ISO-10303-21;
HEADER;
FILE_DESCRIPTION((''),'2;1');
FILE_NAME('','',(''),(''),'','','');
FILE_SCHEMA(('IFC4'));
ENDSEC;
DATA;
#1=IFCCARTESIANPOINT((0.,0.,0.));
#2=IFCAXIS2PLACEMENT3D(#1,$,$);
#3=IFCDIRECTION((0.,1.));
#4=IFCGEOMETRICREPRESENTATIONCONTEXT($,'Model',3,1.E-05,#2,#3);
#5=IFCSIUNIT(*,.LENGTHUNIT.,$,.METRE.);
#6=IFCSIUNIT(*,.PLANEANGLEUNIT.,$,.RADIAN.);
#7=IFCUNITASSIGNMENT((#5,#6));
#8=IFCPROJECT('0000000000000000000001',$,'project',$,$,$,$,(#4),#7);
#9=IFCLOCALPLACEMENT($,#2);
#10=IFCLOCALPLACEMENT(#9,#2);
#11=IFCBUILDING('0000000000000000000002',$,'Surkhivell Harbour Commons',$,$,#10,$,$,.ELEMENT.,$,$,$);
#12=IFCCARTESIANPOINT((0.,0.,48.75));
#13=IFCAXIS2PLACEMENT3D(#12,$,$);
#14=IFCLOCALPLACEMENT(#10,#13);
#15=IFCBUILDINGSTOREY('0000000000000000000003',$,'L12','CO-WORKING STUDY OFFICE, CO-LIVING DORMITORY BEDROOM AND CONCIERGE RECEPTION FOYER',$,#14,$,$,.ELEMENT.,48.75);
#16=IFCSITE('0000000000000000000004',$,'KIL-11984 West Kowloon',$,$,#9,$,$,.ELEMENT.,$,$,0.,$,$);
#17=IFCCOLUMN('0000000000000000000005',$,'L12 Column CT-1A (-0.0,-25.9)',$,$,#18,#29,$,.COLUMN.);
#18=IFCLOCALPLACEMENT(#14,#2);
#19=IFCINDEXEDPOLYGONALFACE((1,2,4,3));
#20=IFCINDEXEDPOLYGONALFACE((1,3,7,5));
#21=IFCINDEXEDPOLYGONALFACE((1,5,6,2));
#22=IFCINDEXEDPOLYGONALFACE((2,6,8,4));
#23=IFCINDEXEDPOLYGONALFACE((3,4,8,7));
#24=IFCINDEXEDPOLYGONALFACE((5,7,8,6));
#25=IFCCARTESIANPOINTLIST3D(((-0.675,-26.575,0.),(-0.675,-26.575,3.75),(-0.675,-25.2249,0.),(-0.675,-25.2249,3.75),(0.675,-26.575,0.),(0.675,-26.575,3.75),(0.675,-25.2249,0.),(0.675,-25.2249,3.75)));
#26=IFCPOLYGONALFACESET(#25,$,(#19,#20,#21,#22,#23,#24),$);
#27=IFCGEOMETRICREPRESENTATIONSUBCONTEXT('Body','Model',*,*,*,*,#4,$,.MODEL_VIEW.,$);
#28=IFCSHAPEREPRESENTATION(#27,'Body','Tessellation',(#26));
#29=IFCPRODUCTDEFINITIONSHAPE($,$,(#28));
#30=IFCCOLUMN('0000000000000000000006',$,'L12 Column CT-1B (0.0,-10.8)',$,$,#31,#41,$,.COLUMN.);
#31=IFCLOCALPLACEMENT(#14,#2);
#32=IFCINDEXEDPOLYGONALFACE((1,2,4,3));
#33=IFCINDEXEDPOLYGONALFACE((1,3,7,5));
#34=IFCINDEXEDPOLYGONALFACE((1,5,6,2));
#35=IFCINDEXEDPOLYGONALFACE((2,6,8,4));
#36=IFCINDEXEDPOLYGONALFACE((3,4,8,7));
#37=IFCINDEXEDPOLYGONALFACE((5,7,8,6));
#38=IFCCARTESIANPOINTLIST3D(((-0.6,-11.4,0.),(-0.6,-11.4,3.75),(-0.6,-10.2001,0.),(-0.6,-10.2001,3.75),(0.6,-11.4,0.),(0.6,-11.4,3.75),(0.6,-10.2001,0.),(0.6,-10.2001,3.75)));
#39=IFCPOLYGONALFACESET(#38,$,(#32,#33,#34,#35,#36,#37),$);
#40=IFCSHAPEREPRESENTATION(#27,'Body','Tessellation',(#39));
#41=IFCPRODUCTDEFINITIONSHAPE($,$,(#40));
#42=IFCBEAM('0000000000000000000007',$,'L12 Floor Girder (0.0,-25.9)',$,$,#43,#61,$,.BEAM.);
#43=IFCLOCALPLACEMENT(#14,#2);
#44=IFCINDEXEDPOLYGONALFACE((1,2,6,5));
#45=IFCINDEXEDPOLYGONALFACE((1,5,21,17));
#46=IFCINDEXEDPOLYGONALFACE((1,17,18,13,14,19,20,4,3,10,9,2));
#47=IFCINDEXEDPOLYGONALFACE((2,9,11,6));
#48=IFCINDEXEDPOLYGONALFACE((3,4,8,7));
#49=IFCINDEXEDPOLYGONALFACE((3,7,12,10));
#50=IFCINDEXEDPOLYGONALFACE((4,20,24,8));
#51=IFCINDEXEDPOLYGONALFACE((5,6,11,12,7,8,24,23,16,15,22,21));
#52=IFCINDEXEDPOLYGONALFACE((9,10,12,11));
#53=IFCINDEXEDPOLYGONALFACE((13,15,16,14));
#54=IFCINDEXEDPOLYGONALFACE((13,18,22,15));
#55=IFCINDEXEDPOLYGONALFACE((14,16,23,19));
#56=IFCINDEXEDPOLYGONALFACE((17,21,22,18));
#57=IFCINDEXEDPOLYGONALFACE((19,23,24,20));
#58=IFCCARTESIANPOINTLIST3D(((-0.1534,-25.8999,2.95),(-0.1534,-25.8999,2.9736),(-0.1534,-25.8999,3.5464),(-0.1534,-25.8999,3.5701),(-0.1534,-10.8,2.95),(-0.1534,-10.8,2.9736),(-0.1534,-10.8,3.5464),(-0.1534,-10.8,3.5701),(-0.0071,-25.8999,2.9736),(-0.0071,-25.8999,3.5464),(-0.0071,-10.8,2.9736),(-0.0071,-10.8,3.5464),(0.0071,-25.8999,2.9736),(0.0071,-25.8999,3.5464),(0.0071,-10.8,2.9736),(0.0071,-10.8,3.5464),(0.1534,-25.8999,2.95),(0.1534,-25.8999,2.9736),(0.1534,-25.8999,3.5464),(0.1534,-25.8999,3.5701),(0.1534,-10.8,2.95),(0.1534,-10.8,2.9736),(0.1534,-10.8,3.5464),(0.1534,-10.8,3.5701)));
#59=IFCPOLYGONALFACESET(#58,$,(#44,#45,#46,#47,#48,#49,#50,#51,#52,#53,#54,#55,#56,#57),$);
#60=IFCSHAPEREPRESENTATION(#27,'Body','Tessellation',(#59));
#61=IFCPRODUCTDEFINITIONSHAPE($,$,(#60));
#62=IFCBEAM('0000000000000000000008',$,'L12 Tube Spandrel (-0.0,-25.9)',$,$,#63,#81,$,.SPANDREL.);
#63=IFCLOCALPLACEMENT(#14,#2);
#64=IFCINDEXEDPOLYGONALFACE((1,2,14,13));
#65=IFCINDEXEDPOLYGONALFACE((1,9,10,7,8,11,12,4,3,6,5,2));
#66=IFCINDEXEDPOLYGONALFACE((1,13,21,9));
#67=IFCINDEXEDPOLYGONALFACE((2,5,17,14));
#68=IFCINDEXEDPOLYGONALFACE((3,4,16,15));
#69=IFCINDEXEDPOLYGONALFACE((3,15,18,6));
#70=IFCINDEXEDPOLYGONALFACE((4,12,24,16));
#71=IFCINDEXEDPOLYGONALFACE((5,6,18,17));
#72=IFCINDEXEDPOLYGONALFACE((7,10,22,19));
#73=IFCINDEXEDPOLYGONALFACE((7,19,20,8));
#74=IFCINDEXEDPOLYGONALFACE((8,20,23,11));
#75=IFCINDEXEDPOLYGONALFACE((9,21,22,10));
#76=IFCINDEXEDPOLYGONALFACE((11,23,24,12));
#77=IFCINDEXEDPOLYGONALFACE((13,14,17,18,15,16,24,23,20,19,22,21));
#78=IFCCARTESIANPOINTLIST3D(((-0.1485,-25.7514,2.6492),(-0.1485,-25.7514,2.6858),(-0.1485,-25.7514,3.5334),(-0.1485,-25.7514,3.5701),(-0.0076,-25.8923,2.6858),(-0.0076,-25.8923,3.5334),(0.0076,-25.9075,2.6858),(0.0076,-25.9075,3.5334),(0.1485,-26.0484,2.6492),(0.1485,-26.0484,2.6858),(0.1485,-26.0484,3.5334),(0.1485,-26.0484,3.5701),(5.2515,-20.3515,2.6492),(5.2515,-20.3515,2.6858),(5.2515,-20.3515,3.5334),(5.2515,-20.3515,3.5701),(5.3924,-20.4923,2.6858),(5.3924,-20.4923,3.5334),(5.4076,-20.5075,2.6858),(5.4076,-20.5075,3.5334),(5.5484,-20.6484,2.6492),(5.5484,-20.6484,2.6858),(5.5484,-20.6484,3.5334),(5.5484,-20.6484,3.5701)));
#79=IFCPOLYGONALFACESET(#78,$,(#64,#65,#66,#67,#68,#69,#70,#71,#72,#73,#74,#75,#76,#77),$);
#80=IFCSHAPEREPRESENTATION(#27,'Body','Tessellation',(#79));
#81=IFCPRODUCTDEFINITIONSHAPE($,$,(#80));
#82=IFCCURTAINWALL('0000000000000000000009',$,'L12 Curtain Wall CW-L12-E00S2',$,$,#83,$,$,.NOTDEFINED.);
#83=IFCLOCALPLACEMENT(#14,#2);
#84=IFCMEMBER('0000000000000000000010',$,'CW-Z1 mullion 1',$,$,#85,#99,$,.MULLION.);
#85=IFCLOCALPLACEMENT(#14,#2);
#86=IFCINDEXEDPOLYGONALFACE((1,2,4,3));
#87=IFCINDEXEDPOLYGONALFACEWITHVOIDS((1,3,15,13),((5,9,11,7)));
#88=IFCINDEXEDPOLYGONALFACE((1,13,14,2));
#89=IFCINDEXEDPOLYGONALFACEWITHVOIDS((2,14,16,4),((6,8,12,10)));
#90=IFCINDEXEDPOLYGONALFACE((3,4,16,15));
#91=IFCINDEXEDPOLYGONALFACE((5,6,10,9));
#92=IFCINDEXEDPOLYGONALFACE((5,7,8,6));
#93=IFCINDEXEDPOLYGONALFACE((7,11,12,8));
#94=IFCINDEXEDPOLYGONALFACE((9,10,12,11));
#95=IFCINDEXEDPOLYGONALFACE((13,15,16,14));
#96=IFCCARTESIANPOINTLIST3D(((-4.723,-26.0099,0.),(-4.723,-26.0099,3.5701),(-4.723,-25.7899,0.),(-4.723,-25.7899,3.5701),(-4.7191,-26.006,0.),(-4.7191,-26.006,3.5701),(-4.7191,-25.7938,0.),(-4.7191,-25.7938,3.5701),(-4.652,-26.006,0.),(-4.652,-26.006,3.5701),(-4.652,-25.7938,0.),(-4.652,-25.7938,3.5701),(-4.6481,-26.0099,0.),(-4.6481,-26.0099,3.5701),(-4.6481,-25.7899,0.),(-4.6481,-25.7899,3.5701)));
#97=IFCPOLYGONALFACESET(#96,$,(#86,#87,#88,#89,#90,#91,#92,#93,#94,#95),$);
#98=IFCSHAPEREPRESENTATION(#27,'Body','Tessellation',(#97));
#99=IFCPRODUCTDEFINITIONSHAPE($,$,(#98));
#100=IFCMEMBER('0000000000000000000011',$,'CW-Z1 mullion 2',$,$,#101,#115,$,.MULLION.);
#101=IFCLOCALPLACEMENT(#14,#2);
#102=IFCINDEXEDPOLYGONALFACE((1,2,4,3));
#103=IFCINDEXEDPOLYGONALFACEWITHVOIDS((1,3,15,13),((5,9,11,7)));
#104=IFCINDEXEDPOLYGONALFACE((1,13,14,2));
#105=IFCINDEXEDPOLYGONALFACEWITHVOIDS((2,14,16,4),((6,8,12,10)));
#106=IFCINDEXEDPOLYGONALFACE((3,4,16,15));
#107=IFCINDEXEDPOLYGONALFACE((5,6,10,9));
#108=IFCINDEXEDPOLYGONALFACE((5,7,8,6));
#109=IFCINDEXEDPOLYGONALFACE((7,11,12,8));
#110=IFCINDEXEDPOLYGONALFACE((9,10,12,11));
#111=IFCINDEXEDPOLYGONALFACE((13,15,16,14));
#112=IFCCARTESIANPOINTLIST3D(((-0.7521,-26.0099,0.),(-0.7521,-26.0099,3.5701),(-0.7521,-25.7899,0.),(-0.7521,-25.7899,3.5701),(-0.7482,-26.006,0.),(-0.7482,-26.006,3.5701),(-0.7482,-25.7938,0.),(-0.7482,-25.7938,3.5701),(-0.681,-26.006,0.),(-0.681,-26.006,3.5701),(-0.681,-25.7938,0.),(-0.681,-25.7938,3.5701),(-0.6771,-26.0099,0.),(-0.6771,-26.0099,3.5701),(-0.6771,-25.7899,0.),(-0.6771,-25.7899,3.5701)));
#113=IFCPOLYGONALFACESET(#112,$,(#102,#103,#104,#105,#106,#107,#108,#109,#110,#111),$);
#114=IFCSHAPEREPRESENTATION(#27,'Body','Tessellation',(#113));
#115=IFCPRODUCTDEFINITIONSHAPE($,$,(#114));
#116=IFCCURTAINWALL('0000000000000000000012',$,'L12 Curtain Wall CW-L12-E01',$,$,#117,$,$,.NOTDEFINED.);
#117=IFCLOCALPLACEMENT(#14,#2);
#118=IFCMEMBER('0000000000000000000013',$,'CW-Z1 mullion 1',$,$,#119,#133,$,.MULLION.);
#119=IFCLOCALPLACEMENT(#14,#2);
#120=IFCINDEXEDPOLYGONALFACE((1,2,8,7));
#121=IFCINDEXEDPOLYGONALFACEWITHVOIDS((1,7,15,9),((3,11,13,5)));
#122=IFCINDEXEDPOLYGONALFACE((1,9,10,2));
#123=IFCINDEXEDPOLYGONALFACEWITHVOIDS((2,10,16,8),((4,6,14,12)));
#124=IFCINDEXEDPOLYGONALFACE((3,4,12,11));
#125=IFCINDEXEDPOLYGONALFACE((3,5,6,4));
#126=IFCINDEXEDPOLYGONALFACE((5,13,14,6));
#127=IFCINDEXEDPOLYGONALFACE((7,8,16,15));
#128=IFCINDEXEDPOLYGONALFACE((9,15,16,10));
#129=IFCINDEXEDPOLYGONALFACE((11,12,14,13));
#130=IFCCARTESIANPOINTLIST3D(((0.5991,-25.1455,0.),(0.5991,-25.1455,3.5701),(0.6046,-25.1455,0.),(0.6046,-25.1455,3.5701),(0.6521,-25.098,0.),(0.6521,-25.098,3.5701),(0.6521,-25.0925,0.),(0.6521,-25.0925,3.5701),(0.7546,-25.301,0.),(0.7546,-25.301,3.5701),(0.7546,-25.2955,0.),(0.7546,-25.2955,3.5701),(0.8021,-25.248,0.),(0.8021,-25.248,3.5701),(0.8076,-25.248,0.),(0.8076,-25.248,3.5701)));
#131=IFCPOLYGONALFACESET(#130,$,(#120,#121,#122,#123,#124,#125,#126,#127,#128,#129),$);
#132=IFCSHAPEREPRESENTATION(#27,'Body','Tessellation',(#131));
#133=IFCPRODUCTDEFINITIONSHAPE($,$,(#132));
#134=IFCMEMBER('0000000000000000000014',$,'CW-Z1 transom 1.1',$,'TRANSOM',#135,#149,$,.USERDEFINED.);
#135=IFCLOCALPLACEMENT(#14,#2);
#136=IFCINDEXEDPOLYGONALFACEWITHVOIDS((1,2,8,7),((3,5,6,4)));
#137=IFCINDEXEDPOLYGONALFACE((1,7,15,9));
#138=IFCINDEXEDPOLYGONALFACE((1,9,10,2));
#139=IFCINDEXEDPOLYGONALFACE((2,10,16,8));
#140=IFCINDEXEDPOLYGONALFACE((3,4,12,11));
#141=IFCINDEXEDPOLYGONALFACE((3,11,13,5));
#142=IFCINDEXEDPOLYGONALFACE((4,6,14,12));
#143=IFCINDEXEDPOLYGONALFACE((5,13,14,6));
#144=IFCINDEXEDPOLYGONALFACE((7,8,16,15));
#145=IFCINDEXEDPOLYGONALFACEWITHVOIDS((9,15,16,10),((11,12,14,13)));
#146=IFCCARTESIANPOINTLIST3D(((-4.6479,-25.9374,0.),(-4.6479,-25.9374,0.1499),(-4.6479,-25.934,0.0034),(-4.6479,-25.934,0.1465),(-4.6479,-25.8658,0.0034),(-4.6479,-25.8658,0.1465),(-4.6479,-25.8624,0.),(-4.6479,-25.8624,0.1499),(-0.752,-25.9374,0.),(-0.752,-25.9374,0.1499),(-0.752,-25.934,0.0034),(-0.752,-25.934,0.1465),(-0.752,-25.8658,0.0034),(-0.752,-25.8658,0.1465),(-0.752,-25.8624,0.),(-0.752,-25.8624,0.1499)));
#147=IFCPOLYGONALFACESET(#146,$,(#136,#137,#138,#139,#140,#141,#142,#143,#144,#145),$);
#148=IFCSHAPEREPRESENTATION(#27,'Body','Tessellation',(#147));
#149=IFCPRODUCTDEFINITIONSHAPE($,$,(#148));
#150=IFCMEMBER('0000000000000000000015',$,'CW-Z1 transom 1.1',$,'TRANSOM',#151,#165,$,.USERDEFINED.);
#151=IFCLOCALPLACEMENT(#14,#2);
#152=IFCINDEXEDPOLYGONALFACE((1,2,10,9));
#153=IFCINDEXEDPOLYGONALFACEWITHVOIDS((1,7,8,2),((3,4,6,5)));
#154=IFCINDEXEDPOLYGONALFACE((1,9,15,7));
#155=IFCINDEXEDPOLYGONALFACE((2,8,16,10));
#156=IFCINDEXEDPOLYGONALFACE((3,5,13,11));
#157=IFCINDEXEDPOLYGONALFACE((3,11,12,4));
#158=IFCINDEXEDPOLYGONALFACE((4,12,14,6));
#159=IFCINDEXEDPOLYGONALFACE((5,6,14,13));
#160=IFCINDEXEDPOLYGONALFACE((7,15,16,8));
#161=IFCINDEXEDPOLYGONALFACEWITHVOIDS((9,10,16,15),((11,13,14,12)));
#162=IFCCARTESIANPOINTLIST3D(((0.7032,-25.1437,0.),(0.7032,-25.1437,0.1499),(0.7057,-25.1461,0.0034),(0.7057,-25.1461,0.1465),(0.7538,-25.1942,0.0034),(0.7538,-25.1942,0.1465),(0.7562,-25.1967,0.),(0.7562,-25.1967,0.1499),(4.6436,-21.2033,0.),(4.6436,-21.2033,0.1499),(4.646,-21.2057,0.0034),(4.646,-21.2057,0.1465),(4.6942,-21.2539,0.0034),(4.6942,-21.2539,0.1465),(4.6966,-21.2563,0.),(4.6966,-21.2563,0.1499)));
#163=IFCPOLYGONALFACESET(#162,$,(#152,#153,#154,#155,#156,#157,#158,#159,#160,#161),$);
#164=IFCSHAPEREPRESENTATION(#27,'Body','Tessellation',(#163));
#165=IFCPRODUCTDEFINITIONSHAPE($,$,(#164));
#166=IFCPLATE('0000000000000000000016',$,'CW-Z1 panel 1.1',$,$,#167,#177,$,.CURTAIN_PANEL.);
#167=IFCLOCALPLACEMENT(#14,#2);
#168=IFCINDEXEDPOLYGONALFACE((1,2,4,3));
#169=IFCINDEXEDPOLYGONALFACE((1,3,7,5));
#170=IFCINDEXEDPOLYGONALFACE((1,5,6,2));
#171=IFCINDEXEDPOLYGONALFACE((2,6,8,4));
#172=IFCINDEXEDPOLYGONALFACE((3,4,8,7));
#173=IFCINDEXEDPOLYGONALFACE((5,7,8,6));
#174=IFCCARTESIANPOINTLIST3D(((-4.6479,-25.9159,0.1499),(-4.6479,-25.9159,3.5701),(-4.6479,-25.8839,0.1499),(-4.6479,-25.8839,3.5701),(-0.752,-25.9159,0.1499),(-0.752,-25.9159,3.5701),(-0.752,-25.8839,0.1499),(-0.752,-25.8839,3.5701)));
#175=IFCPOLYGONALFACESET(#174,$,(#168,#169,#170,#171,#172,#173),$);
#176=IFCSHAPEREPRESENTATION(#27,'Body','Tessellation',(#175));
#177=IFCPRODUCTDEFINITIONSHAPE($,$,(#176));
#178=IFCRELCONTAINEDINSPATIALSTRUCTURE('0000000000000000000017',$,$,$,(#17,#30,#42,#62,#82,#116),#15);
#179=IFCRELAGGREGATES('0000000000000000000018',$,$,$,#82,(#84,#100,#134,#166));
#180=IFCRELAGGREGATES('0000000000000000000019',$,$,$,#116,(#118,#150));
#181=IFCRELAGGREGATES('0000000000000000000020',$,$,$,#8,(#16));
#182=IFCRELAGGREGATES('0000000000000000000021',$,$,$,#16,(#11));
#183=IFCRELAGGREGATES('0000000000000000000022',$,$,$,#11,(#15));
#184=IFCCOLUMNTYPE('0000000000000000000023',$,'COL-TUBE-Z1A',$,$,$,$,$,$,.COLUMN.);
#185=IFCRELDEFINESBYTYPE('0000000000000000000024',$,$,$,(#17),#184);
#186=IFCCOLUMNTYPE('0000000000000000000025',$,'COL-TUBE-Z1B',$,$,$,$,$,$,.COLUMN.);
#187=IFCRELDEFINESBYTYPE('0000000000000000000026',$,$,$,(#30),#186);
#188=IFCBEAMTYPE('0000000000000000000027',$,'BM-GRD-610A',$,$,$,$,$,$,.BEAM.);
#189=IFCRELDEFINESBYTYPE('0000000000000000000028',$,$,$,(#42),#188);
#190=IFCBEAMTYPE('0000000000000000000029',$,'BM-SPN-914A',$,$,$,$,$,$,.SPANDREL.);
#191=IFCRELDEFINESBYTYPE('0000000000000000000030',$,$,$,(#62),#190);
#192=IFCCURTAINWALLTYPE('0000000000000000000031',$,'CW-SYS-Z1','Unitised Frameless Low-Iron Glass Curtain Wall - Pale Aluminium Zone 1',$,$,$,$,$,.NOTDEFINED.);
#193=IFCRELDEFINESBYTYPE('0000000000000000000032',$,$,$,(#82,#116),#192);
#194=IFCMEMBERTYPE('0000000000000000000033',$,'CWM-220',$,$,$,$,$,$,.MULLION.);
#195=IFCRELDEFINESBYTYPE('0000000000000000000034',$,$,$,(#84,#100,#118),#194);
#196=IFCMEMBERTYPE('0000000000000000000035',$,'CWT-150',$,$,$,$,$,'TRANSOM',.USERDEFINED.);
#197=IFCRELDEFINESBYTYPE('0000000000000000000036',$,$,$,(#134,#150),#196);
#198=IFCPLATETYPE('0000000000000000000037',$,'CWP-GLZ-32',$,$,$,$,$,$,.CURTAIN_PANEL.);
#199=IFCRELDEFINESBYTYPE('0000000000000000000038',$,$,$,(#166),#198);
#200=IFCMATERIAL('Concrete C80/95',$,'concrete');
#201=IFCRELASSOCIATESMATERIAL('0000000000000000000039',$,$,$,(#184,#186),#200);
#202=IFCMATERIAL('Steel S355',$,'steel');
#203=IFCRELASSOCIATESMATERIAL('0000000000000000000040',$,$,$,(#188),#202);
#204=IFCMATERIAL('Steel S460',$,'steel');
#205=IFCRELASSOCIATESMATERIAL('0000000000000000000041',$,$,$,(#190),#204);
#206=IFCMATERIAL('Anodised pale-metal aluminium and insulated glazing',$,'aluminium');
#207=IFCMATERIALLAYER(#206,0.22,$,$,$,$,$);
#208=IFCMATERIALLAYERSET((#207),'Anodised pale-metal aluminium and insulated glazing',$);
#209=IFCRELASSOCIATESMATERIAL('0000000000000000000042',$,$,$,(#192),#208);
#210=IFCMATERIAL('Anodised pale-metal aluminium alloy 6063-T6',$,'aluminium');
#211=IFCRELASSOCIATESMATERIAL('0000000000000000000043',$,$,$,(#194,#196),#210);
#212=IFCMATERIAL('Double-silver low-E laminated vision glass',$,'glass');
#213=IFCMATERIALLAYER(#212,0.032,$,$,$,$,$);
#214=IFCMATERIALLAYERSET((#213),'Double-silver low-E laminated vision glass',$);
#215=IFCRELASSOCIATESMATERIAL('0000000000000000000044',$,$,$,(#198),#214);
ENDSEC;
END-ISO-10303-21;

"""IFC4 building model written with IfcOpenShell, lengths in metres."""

from ifc_helpers import new_model, si_unit, direction, frame, frame_2d, origin, origin_2d, place, context, subcontext, project, spatial, rectangle, hollow_rectangle, i_section, extrude, material, layer, layer_set, material_profile, profile_set, type_object, element, aggregate, save


model = new_model("IFC4")

# Units and contexts
model_context = context("Model", 3, precision=1e-05, world=origin(), true_north=direction((0.0, 1.0)))
body_context = subcontext(model_context, "Body", "Model", "MODEL_VIEW")
ifc_project = project(units=[si_unit("LENGTHUNIT", "METRE"), si_unit("PLANEANGLEUNIT", "RADIAN")], contexts=[model_context])

# Site, building, storey
site_placement = place(None, origin())
site = spatial("IfcSite", under=ifc_project, at=site_placement, Name="KIL-11984 West Kowloon", CompositionType="ELEMENT", RefElevation=0.0)
building_placement = place(site_placement, origin())
building = spatial("IfcBuilding", under=site, at=building_placement, Name="Surkhivell Harbour Commons", CompositionType="ELEMENT")
storey_placement = place(building_placement, frame((0.0, 0.0, 48.75)))
storey = spatial("IfcBuildingStorey", under=building, at=storey_placement, Name="L12", Description="CO-WORKING STUDY OFFICE, CO-LIVING DORMITORY BEDROOM AND CONCIERGE RECEPTION FOYER", CompositionType="ELEMENT", Elevation=48.75)

# Columns
ifc_material_1 = material(Name="Concrete C80/95", Category="concrete")
ifc_material_profile_1 = material_profile(ifc_material_1, rectangle(XDim=1.3501, YDim=1.3501, at=origin_2d()), Name="RC-COL-1350x1350")
ifc_profile_set_1 = profile_set([ifc_material_profile_1], Name="Concrete C80/95")
column_type_1 = type_object("IfcColumnType", Name="COL-TUBE-Z1A", PredefinedType="COLUMN", material=ifc_profile_set_1)
column_1_placement = place(storey_placement, frame((0.0, -25.8999, 0.0), z_axis=(0.0, 0.0, 1.0), x_axis=(1.0, 0.0, 0.0)))
element("IfcColumn", 1, at=column_1_placement, inside=storey, type_object=column_type_1, Name="L12 Column CT-1A (-0.0,-25.9)", PredefinedType="COLUMN", context=body_context, shape_type="SweptSolid", body=[
    extrude(rectangle(XDim=1.3501, YDim=1.3501, at=origin_2d()), origin(), (0.0, 0.0, 1.0), 3.75),
])
ifc_material_profile_2 = material_profile(ifc_material_1, rectangle(XDim=1.2, YDim=1.2, at=origin_2d()), Name="RC-COL-1200x1200")
ifc_profile_set_2 = profile_set([ifc_material_profile_2], Name="Concrete C80/95")
column_type_2 = type_object("IfcColumnType", Name="COL-TUBE-Z1B", PredefinedType="COLUMN", material=ifc_profile_set_2)
column_2_placement = place(storey_placement, frame((0.0, -10.8, 0.0), z_axis=(0.0, 0.0, 1.0), x_axis=(1.0, 0.0, 0.0)))
element("IfcColumn", 2, at=column_2_placement, inside=storey, type_object=column_type_2, Name="L12 Column CT-1B (0.0,-10.8)", PredefinedType="COLUMN", context=body_context, shape_type="SweptSolid", body=[
    extrude(rectangle(XDim=1.2, YDim=1.2, at=origin_2d()), origin(), (0.0, 0.0, 1.0), 3.75),
])

# Beams
ifc_material_2 = material(Name="Steel S355", Category="steel")
ifc_material_profile_3 = material_profile(ifc_material_2, i_section(OverallWidth=0.3069, OverallDepth=0.6201, WebThickness=0.0142, FlangeThickness=0.0237, at=origin_2d()), Name="UB610x305x179")
ifc_profile_set_3 = profile_set([ifc_material_profile_3], Name="Steel S355")
beam_type_1 = type_object("IfcBeamType", Name="BM-GRD-610A", PredefinedType="BEAM", material=ifc_profile_set_3)
beam_1_placement = place(storey_placement, frame((0.0, -25.8999, 3.26), z_axis=(0.0, 1.0, 0.0), x_axis=(-1.0, 0.0, 0.0)))
element("IfcBeam", 3, at=beam_1_placement, inside=storey, type_object=beam_type_1, Name="L12 Floor Girder (0.0,-25.9)", PredefinedType="BEAM", context=body_context, shape_type="SweptSolid", body=[
    extrude(i_section(OverallWidth=0.3069, OverallDepth=0.6201, WebThickness=0.0142, FlangeThickness=0.0237, at=origin_2d()), origin(), (0.0, 0.0, 1.0), 15.0999),
])
ifc_material_3 = material(Name="Steel S460", Category="steel")
ifc_material_profile_4 = material_profile(ifc_material_3, i_section(OverallWidth=0.4199, OverallDepth=0.9209, WebThickness=0.0215, FlangeThickness=0.0366, at=origin_2d()), Name="UB914x419x388")
ifc_profile_set_4 = profile_set([ifc_material_profile_4], Name="Steel S460")
beam_type_2 = type_object("IfcBeamType", Name="BM-SPN-914A", PredefinedType="SPANDREL", material=ifc_profile_set_4)
beam_2_placement = place(storey_placement, frame((0.0, -25.8999, 3.1096), z_axis=(0.707107, 0.707107, 0.0), x_axis=(-0.707107, 0.707107, 0.0)))
element("IfcBeam", 4, at=beam_2_placement, inside=storey, type_object=beam_type_2, Name="L12 Tube Spandrel (-0.0,-25.9)", PredefinedType="SPANDREL", context=body_context, shape_type="SweptSolid", body=[
    extrude(i_section(OverallWidth=0.4199, OverallDepth=0.9209, WebThickness=0.0215, FlangeThickness=0.0366, at=origin_2d()), origin(), (0.0, 0.0, 1.0), 7.6367),
])

# Curtain wall, members
ifc_material_4 = material(Name="Anodised pale-metal aluminium and insulated glazing", Category="aluminium")
ifc_layer_1 = layer(ifc_material_4, 0.22)
ifc_layer_set_1 = layer_set([ifc_layer_1], Name="Anodised pale-metal aluminium and insulated glazing")
curtain_wall_type = type_object("IfcCurtainWallType", Name="CW-SYS-Z1", Description="Unitised Frameless Low-Iron Glass Curtain Wall - Pale Aluminium Zone 1", PredefinedType="NOTDEFINED", material=ifc_layer_set_1)
curtain_wall_1_placement = place(storey_placement, origin())
curtain_wall_1 = element("IfcCurtainWall", 5, at=curtain_wall_1_placement, inside=storey, type_object=curtain_wall_type, Name="L12 Curtain Wall CW-L12-E00S2", PredefinedType="NOTDEFINED")
ifc_material_5 = material(Name="Anodised pale-metal aluminium alloy 6063-T6", Category="aluminium")
ifc_material_profile_5 = material_profile(ifc_material_5, hollow_rectangle(XDim=0.075, YDim=0.22, WallThickness=0.0039, at=origin_2d()), Name="ALU-MULL-75x220")
ifc_profile_set_5 = profile_set([ifc_material_profile_5], Name="Anodised pale-metal aluminium alloy 6063-T6")
member_type_1 = type_object("IfcMemberType", Name="CWM-220", PredefinedType="MULLION", material=ifc_profile_set_5)
member_1_placement = place(storey_placement, frame((-4.6855, -25.8999, 0.0), z_axis=(0.0, 0.0, 1.0), x_axis=(1.0, 0.0, 0.0)))
member_1 = element("IfcMember", 6, at=member_1_placement, type_object=member_type_1, Name="CW-Z1 mullion 1", PredefinedType="MULLION", context=body_context, shape_type="SweptSolid", body=[
    extrude(hollow_rectangle(XDim=0.075, YDim=0.22, WallThickness=0.0039, at=origin_2d()), origin(), (0.0, 0.0, 1.0), 3.5701),
])
member_2_placement = place(storey_placement, frame((-0.7146, -25.8999, 0.0), z_axis=(0.0, 0.0, 1.0), x_axis=(1.0, 0.0, 0.0)))
member_2 = element("IfcMember", 7, at=member_2_placement, type_object=member_type_1, Name="CW-Z1 mullion 2", PredefinedType="MULLION", context=body_context, shape_type="SweptSolid", body=[
    extrude(hollow_rectangle(XDim=0.075, YDim=0.22, WallThickness=0.0039, at=origin_2d()), origin(), (0.0, 0.0, 1.0), 3.5701),
])

# Curtain wall, member
curtain_wall_2_placement = place(storey_placement, origin())
curtain_wall_2 = element("IfcCurtainWall", 8, at=curtain_wall_2_placement, inside=storey, type_object=curtain_wall_type, Name="L12 Curtain Wall CW-L12-E01", PredefinedType="NOTDEFINED")
member_3_placement = place(storey_placement, frame((0.7034, -25.1968, 0.0), z_axis=(0.0, 0.0, 1.0), x_axis=(0.707107, 0.707107, 0.0)))
member_3 = element("IfcMember", 9, at=member_3_placement, type_object=member_type_1, Name="CW-Z1 mullion 1", PredefinedType="MULLION", context=body_context, shape_type="SweptSolid", body=[
    extrude(hollow_rectangle(XDim=0.075, YDim=0.22, WallThickness=0.0039, at=origin_2d()), origin(), (0.0, 0.0, 1.0), 3.5701),
])

# Members
ifc_material_profile_6 = material_profile(ifc_material_5, hollow_rectangle(XDim=0.075, YDim=0.1499, WallThickness=0.0034, at=origin_2d()), Name="ALU-TRAN-75x150")
ifc_profile_set_6 = profile_set([ifc_material_profile_6], Name="Anodised pale-metal aluminium alloy 6063-T6")
member_type_2 = type_object("IfcMemberType", Name="CWT-150", ElementType="TRANSOM", PredefinedType="USERDEFINED", material=ifc_profile_set_6)
member_4_placement = place(storey_placement, frame((-4.6479, -25.8999, 0.075), z_axis=(1.0, 0.0, 0.0), x_axis=(0.0, 1.0, 0.0)))
member_4 = element("IfcMember", 10, at=member_4_placement, type_object=member_type_2, Name="CW-Z1 transom 1.1", ObjectType="TRANSOM", PredefinedType="USERDEFINED", context=body_context, shape_type="SweptSolid", body=[
    extrude(hollow_rectangle(XDim=0.075, YDim=0.1499, WallThickness=0.0034, at=origin_2d()), origin(), (0.0, 0.0, 1.0), 3.896),
])
member_5_placement = place(storey_placement, frame((0.7297, -25.1702, 0.075), z_axis=(0.707107, 0.707107, 0.0), x_axis=(-0.707107, 0.707107, 0.0)))
member_5 = element("IfcMember", 11, at=member_5_placement, type_object=member_type_2, Name="CW-Z1 transom 1.1", ObjectType="TRANSOM", PredefinedType="USERDEFINED", context=body_context, shape_type="SweptSolid", body=[
    extrude(hollow_rectangle(XDim=0.075, YDim=0.1499, WallThickness=0.0034, at=origin_2d()), origin(), (0.0, 0.0, 1.0), 5.5725),
])

# Plate
ifc_material_6 = material(Name="Double-silver low-E laminated vision glass", Category="glass")
ifc_layer_2 = layer(ifc_material_6, 0.032)
ifc_layer_set_2 = layer_set([ifc_layer_2], Name="Double-silver low-E laminated vision glass")
plate_type = type_object("IfcPlateType", Name="CWP-GLZ-32", PredefinedType="CURTAIN_PANEL", material=ifc_layer_set_2)
plate_1_placement = place(storey_placement, frame((-4.6479, -25.8999, 0.1499), z_axis=(0.0, 0.0, 1.0), x_axis=(1.0, 0.0, 0.0)))
plate_1 = element("IfcPlate", 12, at=plate_1_placement, type_object=plate_type, Name="CW-Z1 panel 1.1", PredefinedType="CURTAIN_PANEL", context=body_context, shape_type="SweptSolid", body=[
    extrude(rectangle(XDim=3.896, YDim=0.032, at=frame_2d((1.948, 0.0))), origin(), (0.0, 0.0, 1.0), 3.4202),
])
aggregate(curtain_wall_1, [member_1, member_2, member_4, plate_1])
aggregate(curtain_wall_2, [member_3, member_5])

save(model, "model.ifc")
